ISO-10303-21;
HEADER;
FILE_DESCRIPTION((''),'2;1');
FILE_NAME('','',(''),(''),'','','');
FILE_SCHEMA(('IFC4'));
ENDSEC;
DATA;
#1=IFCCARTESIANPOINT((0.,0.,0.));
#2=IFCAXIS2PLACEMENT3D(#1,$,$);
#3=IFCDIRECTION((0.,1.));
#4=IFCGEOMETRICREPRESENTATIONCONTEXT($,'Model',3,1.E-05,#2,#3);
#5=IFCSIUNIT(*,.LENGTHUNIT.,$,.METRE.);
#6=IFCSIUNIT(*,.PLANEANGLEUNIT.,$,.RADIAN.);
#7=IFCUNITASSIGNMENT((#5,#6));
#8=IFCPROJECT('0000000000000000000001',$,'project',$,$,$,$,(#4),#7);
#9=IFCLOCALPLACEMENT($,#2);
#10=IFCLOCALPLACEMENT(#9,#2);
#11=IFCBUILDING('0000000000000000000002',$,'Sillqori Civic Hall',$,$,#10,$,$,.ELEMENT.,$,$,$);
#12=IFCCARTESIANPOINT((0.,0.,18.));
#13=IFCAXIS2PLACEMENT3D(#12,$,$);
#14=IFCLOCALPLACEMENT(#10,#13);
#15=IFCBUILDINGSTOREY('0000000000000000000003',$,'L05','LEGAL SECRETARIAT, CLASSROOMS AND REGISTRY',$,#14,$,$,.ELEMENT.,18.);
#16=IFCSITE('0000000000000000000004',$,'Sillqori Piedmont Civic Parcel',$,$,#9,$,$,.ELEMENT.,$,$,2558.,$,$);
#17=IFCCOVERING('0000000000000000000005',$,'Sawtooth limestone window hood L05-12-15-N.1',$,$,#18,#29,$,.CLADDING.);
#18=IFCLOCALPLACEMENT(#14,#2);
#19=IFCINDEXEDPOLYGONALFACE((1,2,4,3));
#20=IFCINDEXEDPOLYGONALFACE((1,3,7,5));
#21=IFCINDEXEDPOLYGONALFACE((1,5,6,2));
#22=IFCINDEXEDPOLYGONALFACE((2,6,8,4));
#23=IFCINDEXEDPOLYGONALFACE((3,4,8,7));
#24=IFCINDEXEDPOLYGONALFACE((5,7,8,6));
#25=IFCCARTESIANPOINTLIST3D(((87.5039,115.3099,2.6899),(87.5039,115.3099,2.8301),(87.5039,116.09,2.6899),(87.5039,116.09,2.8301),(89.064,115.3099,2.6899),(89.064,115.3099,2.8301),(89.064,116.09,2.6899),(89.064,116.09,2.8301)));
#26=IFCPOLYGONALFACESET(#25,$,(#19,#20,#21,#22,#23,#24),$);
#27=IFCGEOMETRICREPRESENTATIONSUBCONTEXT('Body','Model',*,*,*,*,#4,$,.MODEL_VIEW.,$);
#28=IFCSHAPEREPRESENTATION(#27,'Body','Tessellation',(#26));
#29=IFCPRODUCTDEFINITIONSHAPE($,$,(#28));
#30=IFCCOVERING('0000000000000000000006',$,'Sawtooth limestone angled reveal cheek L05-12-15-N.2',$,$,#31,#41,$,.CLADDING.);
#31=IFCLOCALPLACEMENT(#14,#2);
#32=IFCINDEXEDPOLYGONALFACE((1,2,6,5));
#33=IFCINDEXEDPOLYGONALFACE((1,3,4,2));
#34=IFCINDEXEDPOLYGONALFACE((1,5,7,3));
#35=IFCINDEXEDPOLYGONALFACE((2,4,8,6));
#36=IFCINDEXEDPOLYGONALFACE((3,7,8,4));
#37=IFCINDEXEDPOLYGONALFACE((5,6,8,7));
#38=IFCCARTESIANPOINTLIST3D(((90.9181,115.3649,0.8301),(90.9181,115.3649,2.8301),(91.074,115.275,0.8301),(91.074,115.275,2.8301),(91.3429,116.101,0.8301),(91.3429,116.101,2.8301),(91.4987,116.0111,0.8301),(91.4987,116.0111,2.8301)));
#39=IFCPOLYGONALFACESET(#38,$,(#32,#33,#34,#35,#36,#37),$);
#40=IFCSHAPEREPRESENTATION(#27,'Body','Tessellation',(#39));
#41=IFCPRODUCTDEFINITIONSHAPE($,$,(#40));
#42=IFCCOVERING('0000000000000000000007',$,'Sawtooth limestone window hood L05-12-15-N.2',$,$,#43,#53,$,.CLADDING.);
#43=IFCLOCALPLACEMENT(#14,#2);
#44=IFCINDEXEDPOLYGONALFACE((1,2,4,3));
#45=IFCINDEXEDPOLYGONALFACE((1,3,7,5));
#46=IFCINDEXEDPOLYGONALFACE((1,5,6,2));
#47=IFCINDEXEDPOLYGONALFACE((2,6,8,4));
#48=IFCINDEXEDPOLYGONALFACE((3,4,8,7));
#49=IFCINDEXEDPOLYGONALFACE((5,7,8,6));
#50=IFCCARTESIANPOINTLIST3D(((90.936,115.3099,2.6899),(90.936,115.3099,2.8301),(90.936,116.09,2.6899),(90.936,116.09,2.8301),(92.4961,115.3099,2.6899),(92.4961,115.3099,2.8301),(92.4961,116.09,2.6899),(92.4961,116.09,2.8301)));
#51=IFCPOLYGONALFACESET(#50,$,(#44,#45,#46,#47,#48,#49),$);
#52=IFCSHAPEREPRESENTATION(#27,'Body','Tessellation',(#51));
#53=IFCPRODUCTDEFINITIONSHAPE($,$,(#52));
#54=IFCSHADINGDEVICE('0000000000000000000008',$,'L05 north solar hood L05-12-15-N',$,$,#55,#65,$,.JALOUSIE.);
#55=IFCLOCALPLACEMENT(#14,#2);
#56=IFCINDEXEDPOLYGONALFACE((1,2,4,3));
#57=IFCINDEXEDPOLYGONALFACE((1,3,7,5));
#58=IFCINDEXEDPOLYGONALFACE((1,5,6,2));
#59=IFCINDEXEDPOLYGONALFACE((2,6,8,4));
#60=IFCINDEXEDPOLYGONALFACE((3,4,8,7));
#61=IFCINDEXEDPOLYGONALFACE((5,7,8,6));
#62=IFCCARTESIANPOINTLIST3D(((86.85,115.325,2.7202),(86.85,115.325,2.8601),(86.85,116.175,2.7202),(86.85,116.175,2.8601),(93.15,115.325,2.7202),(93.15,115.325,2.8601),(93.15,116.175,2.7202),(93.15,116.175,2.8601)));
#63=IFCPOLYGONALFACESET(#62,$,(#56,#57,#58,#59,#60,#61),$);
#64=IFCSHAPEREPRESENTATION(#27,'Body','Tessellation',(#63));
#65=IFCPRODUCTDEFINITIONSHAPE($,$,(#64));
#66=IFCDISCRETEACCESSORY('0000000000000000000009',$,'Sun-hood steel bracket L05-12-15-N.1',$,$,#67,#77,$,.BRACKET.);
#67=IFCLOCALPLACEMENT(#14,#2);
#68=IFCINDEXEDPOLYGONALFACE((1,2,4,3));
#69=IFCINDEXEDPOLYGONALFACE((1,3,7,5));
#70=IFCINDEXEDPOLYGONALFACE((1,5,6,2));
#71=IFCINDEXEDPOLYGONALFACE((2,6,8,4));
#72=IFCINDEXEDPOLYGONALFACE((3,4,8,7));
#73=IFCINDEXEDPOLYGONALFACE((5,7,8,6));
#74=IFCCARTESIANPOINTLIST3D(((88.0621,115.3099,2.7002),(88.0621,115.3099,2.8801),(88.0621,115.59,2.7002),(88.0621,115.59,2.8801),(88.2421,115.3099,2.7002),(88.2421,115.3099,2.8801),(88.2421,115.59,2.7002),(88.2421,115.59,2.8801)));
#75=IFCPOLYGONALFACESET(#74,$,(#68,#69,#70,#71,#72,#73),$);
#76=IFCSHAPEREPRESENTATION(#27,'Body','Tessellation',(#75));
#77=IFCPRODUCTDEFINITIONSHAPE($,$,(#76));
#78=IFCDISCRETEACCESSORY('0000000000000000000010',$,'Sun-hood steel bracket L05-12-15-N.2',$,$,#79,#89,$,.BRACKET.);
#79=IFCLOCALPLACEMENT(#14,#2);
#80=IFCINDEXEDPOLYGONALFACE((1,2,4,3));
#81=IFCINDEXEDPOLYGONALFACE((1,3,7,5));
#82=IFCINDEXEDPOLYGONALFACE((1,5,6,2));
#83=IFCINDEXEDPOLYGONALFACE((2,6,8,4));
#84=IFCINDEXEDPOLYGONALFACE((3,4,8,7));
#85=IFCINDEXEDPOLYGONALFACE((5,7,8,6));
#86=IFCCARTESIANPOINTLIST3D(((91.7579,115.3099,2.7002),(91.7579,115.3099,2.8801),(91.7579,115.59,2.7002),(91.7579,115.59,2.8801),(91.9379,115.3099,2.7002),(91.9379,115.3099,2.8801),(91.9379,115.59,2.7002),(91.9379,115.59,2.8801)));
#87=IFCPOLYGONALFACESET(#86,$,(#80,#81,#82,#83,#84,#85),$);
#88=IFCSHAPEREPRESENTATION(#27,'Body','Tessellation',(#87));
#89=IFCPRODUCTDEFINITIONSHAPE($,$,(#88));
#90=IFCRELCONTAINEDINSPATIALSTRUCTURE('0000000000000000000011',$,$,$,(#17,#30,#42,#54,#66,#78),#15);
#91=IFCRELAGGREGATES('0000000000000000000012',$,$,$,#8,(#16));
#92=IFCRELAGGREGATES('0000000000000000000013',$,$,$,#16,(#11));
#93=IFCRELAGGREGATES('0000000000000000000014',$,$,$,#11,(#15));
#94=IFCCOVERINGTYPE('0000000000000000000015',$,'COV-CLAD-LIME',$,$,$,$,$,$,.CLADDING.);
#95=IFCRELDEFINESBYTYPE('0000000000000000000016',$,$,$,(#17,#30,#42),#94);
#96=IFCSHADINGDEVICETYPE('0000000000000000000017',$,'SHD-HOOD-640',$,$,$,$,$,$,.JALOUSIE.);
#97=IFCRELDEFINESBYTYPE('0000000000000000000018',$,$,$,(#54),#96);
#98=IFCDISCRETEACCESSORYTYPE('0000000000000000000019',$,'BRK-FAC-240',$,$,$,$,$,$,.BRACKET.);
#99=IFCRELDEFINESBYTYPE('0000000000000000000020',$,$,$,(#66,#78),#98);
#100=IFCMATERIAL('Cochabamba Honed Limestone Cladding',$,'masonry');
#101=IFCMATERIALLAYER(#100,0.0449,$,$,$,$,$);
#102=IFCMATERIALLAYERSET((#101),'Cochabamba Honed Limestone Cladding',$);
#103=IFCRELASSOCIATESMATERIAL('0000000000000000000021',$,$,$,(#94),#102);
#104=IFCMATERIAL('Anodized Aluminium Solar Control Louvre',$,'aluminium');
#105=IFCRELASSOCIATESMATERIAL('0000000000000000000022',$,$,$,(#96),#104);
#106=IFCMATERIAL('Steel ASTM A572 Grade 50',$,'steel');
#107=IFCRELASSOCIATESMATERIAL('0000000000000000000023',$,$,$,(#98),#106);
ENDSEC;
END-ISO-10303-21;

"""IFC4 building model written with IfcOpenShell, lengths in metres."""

from ifc_helpers import new_model, si_unit, direction, frame, frame_2d, origin, origin_2d, place, context, subcontext, project, spatial, rectangle, extrude, material, layer, layer_set, type_object, element, save


model = new_model("IFC4")

# Units and contexts
model_context = context("Model", 3, precision=1e-05, world=origin(), true_north=direction((0.0, 1.0)))
body_context = subcontext(model_context, "Body", "Model", "MODEL_VIEW")
ifc_project = project(units=[si_unit("LENGTHUNIT", "METRE"), si_unit("PLANEANGLEUNIT", "RADIAN")], contexts=[model_context])

# Site, building, storey
site_placement = place(None, origin())
site = spatial("IfcSite", under=ifc_project, at=site_placement, Name="Sillqori Piedmont Civic Parcel", CompositionType="ELEMENT", RefElevation=2558.0)
building_placement = place(site_placement, origin())
building = spatial("IfcBuilding", under=site, at=building_placement, Name="Sillqori Civic Hall", CompositionType="ELEMENT")
storey_placement = place(building_placement, frame((0.0, 0.0, 18.0)))
storey = spatial("IfcBuildingStorey", under=building, at=storey_placement, Name="L05", Description="LEGAL SECRETARIAT, CLASSROOMS AND REGISTRY", CompositionType="ELEMENT", Elevation=18.0)

# Coverings
ifc_material_1 = material(Name="Cochabamba Honed Limestone Cladding", Category="masonry")
ifc_layer_1 = layer(ifc_material_1, 0.0449)
ifc_layer_set_1 = layer_set([ifc_layer_1], Name="Cochabamba Honed Limestone Cladding")
covering_type = type_object("IfcCoveringType", Name="COV-CLAD-LIME", PredefinedType="CLADDING", material=ifc_layer_set_1)
covering_1_placement = place(storey_placement, frame((87.5039, 115.7, 2.6899), z_axis=(0.0, 0.0, 1.0), x_axis=(1.0, 0.0, 0.0)))
element("IfcCovering", 1, at=covering_1_placement, inside=storey, type_object=covering_type, Name="Sawtooth limestone window hood L05-12-15-N.1", PredefinedType="CLADDING", context=body_context, shape_type="SweptSolid", body=[
    extrude(rectangle(XDim=1.5601, YDim=0.78, at=frame_2d((0.78, 0.0))), origin(), (0.0, 0.0, 1.0), 0.1401),
])
covering_2_placement = place(storey_placement, frame((90.9961, 115.3201, 0.8301), z_axis=(0.0, 0.0, 1.0), x_axis=(0.499847, 0.866114, 0.0)))
element("IfcCovering", 2, at=covering_2_placement, inside=storey, type_object=covering_type, Name="Sawtooth limestone angled reveal cheek L05-12-15-N.2", PredefinedType="CLADDING", context=body_context, shape_type="SweptSolid", body=[
    extrude(rectangle(XDim=0.8499, YDim=0.1799, at=frame_2d((0.4248, 0.0))), origin(), (0.0, 0.0, 1.0), 2.0),
])
covering_3_placement = place(storey_placement, frame((90.936, 115.7, 2.6899), z_axis=(0.0, 0.0, 1.0), x_axis=(1.0, 0.0, 0.0)))
element("IfcCovering", 3, at=covering_3_placement, inside=storey, type_object=covering_type, Name="Sawtooth limestone window hood L05-12-15-N.2", PredefinedType="CLADDING", context=body_context, shape_type="SweptSolid", body=[
    extrude(rectangle(XDim=1.5601, YDim=0.78, at=frame_2d((0.78, 0.0))), origin(), (0.0, 0.0, 1.0), 0.1401),
])

# Shading device
ifc_material_2 = material(Name="Anodized Aluminium Solar Control Louvre", Category="aluminium")
shading_device_type = type_object("IfcShadingDeviceType", Name="SHD-HOOD-640", PredefinedType="JALOUSIE", material=ifc_material_2)
shading_device_placement = place(storey_placement, frame((90.0, 115.75, 2.7202), z_axis=(0.0, 0.0, 1.0), x_axis=(1.0, 0.0, 0.0)))
element("IfcShadingDevice", 4, at=shading_device_placement, inside=storey, type_object=shading_device_type, Name="L05 north solar hood L05-12-15-N", PredefinedType="JALOUSIE", context=body_context, shape_type="SweptSolid", body=[
    extrude(rectangle(XDim=6.3, YDim=0.8501, at=origin_2d()), origin(), (0.0, 0.0, 1.0), 0.1399),
])

# Discrete accessories
ifc_material_3 = material(Name="Steel ASTM A572 Grade 50", Category="steel")
discrete_accessory_type = type_object("IfcDiscreteAccessoryType", Name="BRK-FAC-240", PredefinedType="BRACKET", material=ifc_material_3)
for number, where, z_axis, x_axis, name in (
    (5, (88.1521, 115.45, 2.7002), (0.0, 0.0, 1.0), (1.0, 0.0, 0.0), "Sun-hood steel bracket L05-12-15-N.1"),
    (6, (91.8479, 115.45, 2.7002), (0.0, 0.0, 1.0), (1.0, 0.0, 0.0), "Sun-hood steel bracket L05-12-15-N.2"),
):
    element("IfcDiscreteAccessory", number, at=place(storey_placement, frame(where, z_axis=z_axis, x_axis=x_axis)), inside=storey, type_object=discrete_accessory_type, Name=name, PredefinedType="BRACKET", context=body_context, shape_type="SweptSolid", body=[
        extrude(rectangle(XDim=0.1799, YDim=0.28, at=origin_2d()), origin(), (0.0, 0.0, 1.0), 0.1799),
    ])

save(model, "model.ifc")
